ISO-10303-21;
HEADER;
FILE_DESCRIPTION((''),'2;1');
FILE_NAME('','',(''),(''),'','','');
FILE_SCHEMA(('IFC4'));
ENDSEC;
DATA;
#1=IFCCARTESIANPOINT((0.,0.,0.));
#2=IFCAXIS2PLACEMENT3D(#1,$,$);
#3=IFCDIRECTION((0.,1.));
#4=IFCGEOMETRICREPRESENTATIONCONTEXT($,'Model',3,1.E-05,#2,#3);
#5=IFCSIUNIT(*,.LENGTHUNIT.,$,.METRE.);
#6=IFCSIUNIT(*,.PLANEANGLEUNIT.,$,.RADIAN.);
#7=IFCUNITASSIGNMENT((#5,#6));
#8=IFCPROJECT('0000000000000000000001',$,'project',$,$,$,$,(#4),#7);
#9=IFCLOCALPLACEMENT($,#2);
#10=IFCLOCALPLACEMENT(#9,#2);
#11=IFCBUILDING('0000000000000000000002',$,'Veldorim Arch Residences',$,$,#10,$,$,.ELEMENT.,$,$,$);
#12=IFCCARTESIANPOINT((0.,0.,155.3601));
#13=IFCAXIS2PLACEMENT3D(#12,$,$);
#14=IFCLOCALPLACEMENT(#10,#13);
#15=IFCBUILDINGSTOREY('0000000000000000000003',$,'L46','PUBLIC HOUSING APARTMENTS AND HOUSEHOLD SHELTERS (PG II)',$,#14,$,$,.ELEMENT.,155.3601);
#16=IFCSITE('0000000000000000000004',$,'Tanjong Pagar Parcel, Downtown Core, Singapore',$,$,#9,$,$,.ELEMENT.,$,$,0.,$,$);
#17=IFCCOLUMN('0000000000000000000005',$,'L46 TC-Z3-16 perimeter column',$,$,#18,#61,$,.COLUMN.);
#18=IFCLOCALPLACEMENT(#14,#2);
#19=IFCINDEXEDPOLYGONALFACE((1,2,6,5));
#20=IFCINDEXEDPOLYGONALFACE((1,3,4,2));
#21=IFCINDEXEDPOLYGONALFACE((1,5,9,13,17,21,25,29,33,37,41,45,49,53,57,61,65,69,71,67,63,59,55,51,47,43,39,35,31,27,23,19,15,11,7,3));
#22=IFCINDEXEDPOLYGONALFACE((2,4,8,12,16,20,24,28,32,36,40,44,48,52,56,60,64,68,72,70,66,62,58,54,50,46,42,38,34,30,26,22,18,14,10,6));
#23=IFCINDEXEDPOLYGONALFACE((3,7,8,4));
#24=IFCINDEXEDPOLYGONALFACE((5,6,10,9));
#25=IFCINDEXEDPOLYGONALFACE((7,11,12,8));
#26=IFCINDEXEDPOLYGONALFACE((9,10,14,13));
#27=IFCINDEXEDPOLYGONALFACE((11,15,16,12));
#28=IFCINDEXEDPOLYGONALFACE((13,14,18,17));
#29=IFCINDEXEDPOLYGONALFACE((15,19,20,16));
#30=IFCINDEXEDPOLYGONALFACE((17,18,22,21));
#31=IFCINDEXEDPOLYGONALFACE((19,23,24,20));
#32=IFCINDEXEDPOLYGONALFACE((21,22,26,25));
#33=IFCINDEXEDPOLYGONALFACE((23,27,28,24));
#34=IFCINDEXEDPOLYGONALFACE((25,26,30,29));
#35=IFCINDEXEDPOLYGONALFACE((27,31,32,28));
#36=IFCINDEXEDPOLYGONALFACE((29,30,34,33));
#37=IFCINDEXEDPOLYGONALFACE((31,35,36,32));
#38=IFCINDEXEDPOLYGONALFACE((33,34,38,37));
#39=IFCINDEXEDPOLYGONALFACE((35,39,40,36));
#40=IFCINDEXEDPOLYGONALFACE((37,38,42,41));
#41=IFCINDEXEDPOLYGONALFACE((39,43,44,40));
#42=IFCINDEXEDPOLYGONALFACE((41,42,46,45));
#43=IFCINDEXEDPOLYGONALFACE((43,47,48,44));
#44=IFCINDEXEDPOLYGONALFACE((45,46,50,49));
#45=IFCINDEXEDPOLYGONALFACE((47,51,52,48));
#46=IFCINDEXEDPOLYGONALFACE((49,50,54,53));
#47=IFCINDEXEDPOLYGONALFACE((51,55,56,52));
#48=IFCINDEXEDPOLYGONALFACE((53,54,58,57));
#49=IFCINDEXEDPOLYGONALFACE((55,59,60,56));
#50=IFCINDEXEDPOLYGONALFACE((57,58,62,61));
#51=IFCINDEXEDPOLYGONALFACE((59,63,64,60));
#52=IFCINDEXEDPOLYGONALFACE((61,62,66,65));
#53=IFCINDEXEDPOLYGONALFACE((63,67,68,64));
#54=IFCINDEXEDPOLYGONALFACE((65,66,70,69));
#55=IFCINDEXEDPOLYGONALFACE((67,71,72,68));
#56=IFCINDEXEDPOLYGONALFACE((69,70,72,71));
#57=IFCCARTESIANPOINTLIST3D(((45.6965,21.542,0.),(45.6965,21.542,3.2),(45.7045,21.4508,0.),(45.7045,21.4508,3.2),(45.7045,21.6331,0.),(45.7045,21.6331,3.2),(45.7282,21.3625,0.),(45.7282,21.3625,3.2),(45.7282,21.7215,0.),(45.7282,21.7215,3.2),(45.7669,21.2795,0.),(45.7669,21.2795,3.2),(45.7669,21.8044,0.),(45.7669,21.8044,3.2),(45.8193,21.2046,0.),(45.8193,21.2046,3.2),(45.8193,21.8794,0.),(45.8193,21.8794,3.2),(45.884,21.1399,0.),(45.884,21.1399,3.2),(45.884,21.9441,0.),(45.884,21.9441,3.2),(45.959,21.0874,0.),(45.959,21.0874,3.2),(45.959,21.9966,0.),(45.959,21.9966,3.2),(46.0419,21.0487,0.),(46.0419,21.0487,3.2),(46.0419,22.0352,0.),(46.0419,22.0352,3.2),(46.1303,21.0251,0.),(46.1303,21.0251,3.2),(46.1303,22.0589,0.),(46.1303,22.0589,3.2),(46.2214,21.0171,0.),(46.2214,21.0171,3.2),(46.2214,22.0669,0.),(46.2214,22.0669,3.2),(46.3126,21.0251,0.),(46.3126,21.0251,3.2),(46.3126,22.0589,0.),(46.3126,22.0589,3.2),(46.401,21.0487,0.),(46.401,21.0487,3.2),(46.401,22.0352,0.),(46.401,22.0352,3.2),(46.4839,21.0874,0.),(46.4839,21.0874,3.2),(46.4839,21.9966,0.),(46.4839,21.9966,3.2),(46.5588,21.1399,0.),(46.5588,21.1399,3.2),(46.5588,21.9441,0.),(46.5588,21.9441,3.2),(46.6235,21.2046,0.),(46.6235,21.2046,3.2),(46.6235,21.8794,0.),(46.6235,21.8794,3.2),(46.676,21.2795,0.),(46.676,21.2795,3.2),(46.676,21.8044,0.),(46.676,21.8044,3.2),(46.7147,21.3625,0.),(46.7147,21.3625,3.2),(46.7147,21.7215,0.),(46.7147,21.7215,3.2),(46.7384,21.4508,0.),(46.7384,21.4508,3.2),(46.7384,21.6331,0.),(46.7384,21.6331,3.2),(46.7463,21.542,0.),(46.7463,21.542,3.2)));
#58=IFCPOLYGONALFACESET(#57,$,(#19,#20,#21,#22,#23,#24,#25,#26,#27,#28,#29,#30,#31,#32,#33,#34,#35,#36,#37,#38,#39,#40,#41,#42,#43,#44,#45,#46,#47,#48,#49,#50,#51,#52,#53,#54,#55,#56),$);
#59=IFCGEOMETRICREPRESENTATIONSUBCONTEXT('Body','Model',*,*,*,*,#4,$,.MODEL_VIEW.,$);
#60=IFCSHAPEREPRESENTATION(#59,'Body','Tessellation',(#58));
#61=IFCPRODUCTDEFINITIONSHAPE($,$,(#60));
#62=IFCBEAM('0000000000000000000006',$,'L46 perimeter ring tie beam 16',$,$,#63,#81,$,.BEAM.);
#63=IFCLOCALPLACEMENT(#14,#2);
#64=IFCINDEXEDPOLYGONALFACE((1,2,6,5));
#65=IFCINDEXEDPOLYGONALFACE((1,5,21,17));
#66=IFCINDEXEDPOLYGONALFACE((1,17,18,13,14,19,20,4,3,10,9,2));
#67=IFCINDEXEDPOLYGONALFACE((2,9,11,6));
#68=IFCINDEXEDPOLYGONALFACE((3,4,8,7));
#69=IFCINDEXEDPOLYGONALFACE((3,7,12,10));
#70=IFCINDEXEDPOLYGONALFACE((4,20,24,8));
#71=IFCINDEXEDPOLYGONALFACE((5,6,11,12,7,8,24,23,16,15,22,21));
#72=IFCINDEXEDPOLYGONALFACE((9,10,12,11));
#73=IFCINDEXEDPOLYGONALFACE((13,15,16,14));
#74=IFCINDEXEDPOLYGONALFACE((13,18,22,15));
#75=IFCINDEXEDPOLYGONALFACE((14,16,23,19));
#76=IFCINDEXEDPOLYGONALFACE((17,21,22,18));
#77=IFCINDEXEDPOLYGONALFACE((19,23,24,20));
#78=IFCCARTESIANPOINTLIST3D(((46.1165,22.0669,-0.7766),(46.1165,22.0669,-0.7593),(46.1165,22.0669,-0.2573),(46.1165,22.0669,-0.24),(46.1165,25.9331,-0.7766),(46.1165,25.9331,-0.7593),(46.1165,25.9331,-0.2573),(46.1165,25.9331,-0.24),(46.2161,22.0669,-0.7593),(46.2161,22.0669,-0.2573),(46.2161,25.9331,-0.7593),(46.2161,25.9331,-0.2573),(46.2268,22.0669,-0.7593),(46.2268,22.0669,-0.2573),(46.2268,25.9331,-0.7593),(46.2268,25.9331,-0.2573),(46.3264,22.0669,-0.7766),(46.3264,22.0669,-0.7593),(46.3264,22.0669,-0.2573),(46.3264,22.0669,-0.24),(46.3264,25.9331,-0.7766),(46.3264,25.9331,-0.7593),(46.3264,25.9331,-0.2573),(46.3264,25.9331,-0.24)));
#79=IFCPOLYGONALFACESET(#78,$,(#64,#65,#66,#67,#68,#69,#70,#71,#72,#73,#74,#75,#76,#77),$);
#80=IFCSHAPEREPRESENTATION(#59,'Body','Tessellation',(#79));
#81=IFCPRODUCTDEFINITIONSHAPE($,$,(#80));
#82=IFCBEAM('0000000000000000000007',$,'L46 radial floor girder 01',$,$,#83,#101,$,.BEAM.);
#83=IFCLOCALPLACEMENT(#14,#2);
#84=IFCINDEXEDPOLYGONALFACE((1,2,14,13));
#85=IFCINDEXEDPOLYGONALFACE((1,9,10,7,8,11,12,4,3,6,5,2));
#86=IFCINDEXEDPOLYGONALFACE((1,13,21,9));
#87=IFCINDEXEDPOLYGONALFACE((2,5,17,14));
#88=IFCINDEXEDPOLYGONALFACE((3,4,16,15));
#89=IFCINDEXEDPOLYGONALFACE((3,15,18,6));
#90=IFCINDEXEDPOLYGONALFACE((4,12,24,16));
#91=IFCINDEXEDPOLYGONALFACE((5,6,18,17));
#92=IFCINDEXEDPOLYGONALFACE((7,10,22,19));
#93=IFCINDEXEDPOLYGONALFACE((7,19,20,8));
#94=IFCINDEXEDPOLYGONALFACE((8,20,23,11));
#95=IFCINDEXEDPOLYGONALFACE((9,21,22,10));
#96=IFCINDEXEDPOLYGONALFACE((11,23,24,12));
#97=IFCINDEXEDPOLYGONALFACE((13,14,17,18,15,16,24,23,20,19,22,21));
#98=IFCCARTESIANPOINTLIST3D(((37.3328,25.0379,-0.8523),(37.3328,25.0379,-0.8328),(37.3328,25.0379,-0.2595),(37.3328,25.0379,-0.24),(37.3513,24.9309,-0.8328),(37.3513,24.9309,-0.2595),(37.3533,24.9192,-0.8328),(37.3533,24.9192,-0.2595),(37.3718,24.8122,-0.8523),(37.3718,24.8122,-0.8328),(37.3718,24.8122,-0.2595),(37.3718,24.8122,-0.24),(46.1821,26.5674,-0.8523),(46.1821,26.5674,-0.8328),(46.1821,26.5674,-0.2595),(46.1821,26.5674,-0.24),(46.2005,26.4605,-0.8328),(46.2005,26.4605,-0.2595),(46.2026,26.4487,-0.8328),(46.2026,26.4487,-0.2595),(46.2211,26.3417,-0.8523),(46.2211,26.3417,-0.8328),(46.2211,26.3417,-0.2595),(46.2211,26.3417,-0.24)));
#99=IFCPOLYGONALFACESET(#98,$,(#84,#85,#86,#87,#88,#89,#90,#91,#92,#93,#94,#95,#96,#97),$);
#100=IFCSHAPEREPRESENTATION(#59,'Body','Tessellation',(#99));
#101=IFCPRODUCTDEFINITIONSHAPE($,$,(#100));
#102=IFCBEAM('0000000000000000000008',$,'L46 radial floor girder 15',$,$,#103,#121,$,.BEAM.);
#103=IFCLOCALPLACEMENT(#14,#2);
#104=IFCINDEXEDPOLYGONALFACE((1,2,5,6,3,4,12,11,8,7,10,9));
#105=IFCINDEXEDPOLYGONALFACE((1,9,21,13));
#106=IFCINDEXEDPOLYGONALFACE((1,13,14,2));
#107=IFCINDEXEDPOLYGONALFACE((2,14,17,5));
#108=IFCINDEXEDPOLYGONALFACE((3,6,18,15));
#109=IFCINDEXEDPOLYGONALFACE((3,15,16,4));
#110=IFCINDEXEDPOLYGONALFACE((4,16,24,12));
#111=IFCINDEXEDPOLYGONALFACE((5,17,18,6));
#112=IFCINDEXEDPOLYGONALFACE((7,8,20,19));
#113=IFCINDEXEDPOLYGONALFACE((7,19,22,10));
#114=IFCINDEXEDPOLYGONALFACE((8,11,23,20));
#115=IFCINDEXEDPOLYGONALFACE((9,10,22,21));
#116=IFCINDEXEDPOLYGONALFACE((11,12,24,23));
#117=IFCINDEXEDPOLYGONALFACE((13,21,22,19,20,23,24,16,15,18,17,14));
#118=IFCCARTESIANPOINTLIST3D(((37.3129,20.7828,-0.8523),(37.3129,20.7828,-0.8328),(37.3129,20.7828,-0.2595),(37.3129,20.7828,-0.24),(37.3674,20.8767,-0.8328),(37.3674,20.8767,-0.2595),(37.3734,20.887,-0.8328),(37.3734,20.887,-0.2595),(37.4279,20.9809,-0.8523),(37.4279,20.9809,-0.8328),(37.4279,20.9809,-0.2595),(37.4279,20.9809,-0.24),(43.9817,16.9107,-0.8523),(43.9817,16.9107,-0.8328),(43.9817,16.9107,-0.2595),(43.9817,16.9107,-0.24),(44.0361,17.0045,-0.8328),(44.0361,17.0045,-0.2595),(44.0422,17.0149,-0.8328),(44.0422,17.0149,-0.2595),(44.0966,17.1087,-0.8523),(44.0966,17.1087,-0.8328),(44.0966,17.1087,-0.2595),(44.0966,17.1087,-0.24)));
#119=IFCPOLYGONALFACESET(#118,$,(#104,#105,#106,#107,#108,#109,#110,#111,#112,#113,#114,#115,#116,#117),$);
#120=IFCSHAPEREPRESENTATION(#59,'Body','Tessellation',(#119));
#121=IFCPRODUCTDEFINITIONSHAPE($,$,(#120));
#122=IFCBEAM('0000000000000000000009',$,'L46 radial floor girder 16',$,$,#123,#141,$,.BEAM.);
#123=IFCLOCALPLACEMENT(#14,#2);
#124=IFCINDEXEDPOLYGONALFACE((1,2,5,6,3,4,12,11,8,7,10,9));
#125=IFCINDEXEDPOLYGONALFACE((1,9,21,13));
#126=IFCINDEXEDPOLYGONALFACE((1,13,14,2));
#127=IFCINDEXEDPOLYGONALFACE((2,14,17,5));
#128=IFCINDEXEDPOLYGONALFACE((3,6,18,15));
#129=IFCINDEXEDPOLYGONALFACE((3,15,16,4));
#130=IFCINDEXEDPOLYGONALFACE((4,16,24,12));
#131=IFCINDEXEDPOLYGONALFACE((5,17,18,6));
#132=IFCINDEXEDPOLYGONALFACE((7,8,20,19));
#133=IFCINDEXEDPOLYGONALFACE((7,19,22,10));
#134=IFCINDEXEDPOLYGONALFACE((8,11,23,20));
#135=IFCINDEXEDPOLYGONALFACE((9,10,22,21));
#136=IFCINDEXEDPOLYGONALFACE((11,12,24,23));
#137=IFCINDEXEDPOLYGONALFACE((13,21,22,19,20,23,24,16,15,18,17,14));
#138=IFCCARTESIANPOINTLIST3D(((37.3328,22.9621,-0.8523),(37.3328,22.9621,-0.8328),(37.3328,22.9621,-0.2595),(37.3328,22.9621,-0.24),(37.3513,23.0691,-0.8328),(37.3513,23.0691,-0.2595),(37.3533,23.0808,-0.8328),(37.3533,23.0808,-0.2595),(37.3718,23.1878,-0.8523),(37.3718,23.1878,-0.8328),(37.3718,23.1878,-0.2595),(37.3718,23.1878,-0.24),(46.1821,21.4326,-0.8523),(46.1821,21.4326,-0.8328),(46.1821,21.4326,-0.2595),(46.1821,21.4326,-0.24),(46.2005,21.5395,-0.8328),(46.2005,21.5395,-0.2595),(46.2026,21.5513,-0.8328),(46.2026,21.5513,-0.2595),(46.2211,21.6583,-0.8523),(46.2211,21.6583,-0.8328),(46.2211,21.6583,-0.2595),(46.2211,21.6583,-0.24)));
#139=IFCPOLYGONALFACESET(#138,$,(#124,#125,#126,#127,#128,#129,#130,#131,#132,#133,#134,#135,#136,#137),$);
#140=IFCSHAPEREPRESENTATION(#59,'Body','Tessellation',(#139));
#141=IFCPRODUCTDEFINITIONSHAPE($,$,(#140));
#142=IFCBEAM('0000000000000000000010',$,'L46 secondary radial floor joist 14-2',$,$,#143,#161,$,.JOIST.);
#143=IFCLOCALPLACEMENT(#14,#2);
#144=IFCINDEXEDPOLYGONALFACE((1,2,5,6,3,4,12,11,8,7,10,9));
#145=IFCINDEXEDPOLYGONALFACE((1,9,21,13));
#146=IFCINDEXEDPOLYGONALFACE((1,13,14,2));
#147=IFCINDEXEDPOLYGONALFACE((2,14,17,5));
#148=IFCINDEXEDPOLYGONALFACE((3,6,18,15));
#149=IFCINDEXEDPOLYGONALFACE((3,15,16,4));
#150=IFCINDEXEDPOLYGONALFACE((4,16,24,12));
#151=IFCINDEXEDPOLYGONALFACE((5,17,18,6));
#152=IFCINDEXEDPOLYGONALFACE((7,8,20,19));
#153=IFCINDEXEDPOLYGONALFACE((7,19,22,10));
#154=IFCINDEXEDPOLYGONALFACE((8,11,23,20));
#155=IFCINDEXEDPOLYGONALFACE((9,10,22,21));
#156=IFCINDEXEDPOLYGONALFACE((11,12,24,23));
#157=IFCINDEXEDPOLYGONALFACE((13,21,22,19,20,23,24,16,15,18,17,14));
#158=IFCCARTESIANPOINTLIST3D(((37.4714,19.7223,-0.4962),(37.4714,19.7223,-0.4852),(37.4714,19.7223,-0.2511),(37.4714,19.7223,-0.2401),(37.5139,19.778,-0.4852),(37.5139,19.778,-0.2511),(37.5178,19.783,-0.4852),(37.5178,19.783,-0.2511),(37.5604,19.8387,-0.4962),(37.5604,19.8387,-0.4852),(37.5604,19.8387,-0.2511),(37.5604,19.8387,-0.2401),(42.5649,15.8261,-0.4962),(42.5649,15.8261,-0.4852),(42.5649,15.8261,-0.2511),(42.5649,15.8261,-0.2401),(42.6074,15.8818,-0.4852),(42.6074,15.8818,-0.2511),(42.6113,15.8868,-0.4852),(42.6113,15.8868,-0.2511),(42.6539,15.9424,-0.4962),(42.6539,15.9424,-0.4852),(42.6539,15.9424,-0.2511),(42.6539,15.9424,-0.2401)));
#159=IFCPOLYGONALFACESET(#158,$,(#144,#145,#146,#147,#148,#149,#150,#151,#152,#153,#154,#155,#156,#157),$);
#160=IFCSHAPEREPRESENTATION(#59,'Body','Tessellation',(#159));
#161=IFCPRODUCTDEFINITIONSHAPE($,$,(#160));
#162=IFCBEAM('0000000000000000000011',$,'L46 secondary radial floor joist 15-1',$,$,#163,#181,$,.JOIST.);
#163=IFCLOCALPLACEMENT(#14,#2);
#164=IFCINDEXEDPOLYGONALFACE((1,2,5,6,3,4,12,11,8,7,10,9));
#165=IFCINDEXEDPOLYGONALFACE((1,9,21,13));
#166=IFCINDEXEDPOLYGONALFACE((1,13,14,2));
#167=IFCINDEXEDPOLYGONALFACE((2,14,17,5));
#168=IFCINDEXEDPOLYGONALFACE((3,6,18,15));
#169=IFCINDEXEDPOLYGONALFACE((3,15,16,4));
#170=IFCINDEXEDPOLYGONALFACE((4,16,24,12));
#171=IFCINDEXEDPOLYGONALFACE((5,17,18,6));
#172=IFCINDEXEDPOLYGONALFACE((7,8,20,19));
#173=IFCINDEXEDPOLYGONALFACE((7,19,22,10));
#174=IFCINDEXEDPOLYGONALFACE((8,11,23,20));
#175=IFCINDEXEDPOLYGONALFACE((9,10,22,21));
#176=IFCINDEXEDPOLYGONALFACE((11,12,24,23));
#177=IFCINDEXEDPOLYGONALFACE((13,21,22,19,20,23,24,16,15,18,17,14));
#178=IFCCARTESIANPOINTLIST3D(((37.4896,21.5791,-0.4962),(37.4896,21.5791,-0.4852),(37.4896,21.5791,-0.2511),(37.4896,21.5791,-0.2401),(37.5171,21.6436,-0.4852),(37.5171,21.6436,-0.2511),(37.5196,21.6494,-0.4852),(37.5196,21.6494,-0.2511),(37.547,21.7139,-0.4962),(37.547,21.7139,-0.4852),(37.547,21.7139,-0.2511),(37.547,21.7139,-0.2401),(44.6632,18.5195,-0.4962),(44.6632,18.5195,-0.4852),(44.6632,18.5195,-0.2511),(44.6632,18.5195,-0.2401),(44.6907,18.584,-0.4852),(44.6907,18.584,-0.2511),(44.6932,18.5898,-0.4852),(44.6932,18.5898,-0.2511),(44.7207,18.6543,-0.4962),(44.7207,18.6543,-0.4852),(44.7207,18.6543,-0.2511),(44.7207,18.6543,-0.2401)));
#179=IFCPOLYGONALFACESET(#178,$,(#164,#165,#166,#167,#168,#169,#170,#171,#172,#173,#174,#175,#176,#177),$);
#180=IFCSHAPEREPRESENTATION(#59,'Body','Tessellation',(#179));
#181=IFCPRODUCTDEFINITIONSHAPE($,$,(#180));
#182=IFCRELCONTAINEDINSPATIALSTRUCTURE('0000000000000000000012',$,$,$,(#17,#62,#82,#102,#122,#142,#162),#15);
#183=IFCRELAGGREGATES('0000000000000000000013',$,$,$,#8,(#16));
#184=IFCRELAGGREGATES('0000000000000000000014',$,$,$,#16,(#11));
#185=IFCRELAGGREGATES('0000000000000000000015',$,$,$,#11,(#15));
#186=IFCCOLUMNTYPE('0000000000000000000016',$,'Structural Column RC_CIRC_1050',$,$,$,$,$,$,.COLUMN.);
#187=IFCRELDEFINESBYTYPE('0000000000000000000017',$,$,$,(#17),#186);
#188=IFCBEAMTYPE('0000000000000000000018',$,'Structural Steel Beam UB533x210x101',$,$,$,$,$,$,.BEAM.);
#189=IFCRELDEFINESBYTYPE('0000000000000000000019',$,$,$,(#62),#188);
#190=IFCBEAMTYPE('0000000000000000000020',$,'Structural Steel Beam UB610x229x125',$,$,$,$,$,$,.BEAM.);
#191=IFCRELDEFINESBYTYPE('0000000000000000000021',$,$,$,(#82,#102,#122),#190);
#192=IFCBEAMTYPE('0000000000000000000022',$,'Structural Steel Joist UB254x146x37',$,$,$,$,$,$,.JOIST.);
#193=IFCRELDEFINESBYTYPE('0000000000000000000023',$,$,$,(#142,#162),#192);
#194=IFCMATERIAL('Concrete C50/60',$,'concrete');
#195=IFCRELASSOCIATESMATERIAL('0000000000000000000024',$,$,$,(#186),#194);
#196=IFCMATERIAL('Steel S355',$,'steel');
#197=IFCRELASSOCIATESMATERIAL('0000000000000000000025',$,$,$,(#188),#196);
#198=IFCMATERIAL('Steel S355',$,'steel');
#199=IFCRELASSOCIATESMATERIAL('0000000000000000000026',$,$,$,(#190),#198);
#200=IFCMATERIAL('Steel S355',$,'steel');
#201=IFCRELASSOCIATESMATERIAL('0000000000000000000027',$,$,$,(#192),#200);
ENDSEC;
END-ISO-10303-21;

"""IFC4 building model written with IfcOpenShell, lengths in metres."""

from ifc_helpers import new_model, si_unit, direction, frame, origin, origin_2d, place, context, subcontext, project, spatial, circle, i_section, extrude, material, material_profile, profile_set, type_object, element, save


model = new_model("IFC4")

# Units and contexts
model_context = context("Model", 3, precision=1e-05, world=origin(), true_north=direction((0.0, 1.0)))
body_context = subcontext(model_context, "Body", "Model", "MODEL_VIEW")
ifc_project = project(units=[si_unit("LENGTHUNIT", "METRE"), si_unit("PLANEANGLEUNIT", "RADIAN")], contexts=[model_context])

# Site, building, storey
site_placement = place(None, origin())
site = spatial("IfcSite", under=ifc_project, at=site_placement, Name="Tanjong Pagar Parcel, Downtown Core, Singapore", CompositionType="ELEMENT", RefElevation=0.0)
building_placement = place(site_placement, origin())
building = spatial("IfcBuilding", under=site, at=building_placement, Name="Veldorim Arch Residences", CompositionType="ELEMENT")
storey_placement = place(building_placement, frame((0.0, 0.0, 155.3601)))
storey = spatial("IfcBuildingStorey", under=building, at=storey_placement, Name="L46", Description="PUBLIC HOUSING APARTMENTS AND HOUSEHOLD SHELTERS (PG II)", CompositionType="ELEMENT", Elevation=155.3601)

# Column
ifc_material_1 = material(Name="Concrete C50/60", Category="concrete")
ifc_material_profile_1 = material_profile(ifc_material_1, circle(Radius=0.5249, at=origin_2d()), Name="RC_CIRC_1050")
ifc_profile_set_1 = profile_set([ifc_material_profile_1], Name="Concrete C50/60")
column_type = type_object("IfcColumnType", Name="Structural Column RC_CIRC_1050", PredefinedType="COLUMN", material=ifc_profile_set_1)
column_placement = place(storey_placement, frame((46.2214, 21.542, 0.0), z_axis=(0.0, 0.0, 1.0), x_axis=(1.0, 0.0, 0.0)))
element("IfcColumn", 1, at=column_placement, inside=storey, type_object=column_type, Name="L46 TC-Z3-16 perimeter column", PredefinedType="COLUMN", context=body_context, shape_type="SweptSolid", body=[
    extrude(circle(Radius=0.5249, at=origin_2d()), origin(), (0.0, 0.0, 1.0), 3.2),
])

# Beams
ifc_material_2 = material(Name="Steel S355", Category="steel")
ifc_material_profile_2 = material_profile(ifc_material_2, i_section(OverallWidth=0.21, OverallDepth=0.5366, WebThickness=0.0107, FlangeThickness=0.0173, at=origin_2d()), Name="UB533x210x101")
ifc_profile_set_2 = profile_set([ifc_material_profile_2], Name="Steel S355")
beam_type_1 = type_object("IfcBeamType", Name="Structural Steel Beam UB533x210x101", PredefinedType="BEAM", material=ifc_profile_set_2)
beam_1_placement = place(storey_placement, frame((46.2214, 22.0669, -0.5083), z_axis=(0.0, 1.0, 0.0), x_axis=(-1.0, 0.0, 0.0)))
element("IfcBeam", 2, at=beam_1_placement, inside=storey, type_object=beam_type_1, Name="L46 perimeter ring tie beam 16", PredefinedType="BEAM", context=body_context, shape_type="SweptSolid", body=[
    extrude(i_section(OverallWidth=0.21, OverallDepth=0.5366, WebThickness=0.0107, FlangeThickness=0.0173, at=origin_2d()), origin(), (0.0, 0.0, 1.0), 3.8662),
])
ifc_material_3 = material(Name="Steel S355", Category="steel")
ifc_material_profile_3 = material_profile(ifc_material_3, i_section(OverallWidth=0.229, OverallDepth=0.6123, WebThickness=0.012, FlangeThickness=0.0195, at=origin_2d()), Name="UB610x229x125")
ifc_profile_set_3 = profile_set([ifc_material_profile_3], Name="Steel S355")
beam_type_2 = type_object("IfcBeamType", Name="Structural Steel Beam UB610x229x125", PredefinedType="BEAM", material=ifc_profile_set_3)
beam_2_placement = place(storey_placement, frame((37.3523, 24.925, -0.5461), z_axis=(0.985389, 0.170317, 0.0), x_axis=(-0.170317, 0.985389, 0.0)))
element("IfcBeam", 3, at=beam_2_placement, inside=storey, type_object=beam_type_2, Name="L46 radial floor girder 01", PredefinedType="BEAM", context=body_context, shape_type="SweptSolid", body=[
    extrude(i_section(OverallWidth=0.229, OverallDepth=0.6123, WebThickness=0.012, FlangeThickness=0.0195, at=origin_2d()), origin(), (0.0, 0.0, 1.0), 8.9805),
])
beam_3_placement = place(storey_placement, frame((37.3704, 20.8818, -0.5461), z_axis=(0.864793, -0.502128, 0.0), x_axis=(0.502128, 0.864793, 0.0)))
element("IfcBeam", 4, at=beam_3_placement, inside=storey, type_object=beam_type_2, Name="L46 radial floor girder 15", PredefinedType="BEAM", context=body_context, shape_type="SweptSolid", body=[
    extrude(i_section(OverallWidth=0.229, OverallDepth=0.6123, WebThickness=0.012, FlangeThickness=0.0195, at=origin_2d()), origin(), (0.0, 0.0, 1.0), 7.7114),
])
beam_4_placement = place(storey_placement, frame((37.3523, 23.075, -0.5461), z_axis=(0.985389, -0.170317, 0.0), x_axis=(0.170317, 0.985389, 0.0)))
element("IfcBeam", 5, at=beam_4_placement, inside=storey, type_object=beam_type_2, Name="L46 radial floor girder 16", PredefinedType="BEAM", context=body_context, shape_type="SweptSolid", body=[
    extrude(i_section(OverallWidth=0.229, OverallDepth=0.6123, WebThickness=0.012, FlangeThickness=0.0195, at=origin_2d()), origin(), (0.0, 0.0, 1.0), 8.9805),
])
ifc_material_4 = material(Name="Steel S355", Category="steel")
ifc_material_profile_4 = material_profile(ifc_material_4, i_section(OverallWidth=0.1465, OverallDepth=0.2561, WebThickness=0.0063, FlangeThickness=0.011, at=origin_2d()), Name="UB254x146x37")
ifc_profile_set_4 = profile_set([ifc_material_profile_4], Name="Steel S355")
beam_type_3 = type_object("IfcBeamType", Name="Structural Steel Joist UB254x146x37", PredefinedType="JOIST", material=ifc_profile_set_4)
beam_5_placement = place(storey_placement, frame((37.5159, 19.7805, -0.3682), z_axis=(0.794267, -0.607569, 0.0), x_axis=(0.607569, 0.794267, 0.0)))
element("IfcBeam", 6, at=beam_5_placement, inside=storey, type_object=beam_type_3, Name="L46 secondary radial floor joist 14-2", PredefinedType="JOIST", context=body_context, shape_type="SweptSolid", body=[
    extrude(i_section(OverallWidth=0.1465, OverallDepth=0.2561, WebThickness=0.0063, FlangeThickness=0.011, at=origin_2d()), origin(), (0.0, 0.0, 1.0), 6.4128),
])
beam_6_placement = place(storey_placement, frame((37.5183, 21.6465, -0.3682), z_axis=(0.919832, -0.392313, 0.0), x_axis=(0.392313, 0.919832, 0.0)))
element("IfcBeam", 7, at=beam_6_placement, inside=storey, type_object=beam_type_3, Name="L46 secondary radial floor joist 15-1", PredefinedType="JOIST", context=body_context, shape_type="SweptSolid", body=[
    extrude(i_section(OverallWidth=0.1465, OverallDepth=0.2561, WebThickness=0.0063, FlangeThickness=0.011, at=origin_2d()), origin(), (0.0, 0.0, 1.0), 7.7988),
])

save(model, "model.ifc")
